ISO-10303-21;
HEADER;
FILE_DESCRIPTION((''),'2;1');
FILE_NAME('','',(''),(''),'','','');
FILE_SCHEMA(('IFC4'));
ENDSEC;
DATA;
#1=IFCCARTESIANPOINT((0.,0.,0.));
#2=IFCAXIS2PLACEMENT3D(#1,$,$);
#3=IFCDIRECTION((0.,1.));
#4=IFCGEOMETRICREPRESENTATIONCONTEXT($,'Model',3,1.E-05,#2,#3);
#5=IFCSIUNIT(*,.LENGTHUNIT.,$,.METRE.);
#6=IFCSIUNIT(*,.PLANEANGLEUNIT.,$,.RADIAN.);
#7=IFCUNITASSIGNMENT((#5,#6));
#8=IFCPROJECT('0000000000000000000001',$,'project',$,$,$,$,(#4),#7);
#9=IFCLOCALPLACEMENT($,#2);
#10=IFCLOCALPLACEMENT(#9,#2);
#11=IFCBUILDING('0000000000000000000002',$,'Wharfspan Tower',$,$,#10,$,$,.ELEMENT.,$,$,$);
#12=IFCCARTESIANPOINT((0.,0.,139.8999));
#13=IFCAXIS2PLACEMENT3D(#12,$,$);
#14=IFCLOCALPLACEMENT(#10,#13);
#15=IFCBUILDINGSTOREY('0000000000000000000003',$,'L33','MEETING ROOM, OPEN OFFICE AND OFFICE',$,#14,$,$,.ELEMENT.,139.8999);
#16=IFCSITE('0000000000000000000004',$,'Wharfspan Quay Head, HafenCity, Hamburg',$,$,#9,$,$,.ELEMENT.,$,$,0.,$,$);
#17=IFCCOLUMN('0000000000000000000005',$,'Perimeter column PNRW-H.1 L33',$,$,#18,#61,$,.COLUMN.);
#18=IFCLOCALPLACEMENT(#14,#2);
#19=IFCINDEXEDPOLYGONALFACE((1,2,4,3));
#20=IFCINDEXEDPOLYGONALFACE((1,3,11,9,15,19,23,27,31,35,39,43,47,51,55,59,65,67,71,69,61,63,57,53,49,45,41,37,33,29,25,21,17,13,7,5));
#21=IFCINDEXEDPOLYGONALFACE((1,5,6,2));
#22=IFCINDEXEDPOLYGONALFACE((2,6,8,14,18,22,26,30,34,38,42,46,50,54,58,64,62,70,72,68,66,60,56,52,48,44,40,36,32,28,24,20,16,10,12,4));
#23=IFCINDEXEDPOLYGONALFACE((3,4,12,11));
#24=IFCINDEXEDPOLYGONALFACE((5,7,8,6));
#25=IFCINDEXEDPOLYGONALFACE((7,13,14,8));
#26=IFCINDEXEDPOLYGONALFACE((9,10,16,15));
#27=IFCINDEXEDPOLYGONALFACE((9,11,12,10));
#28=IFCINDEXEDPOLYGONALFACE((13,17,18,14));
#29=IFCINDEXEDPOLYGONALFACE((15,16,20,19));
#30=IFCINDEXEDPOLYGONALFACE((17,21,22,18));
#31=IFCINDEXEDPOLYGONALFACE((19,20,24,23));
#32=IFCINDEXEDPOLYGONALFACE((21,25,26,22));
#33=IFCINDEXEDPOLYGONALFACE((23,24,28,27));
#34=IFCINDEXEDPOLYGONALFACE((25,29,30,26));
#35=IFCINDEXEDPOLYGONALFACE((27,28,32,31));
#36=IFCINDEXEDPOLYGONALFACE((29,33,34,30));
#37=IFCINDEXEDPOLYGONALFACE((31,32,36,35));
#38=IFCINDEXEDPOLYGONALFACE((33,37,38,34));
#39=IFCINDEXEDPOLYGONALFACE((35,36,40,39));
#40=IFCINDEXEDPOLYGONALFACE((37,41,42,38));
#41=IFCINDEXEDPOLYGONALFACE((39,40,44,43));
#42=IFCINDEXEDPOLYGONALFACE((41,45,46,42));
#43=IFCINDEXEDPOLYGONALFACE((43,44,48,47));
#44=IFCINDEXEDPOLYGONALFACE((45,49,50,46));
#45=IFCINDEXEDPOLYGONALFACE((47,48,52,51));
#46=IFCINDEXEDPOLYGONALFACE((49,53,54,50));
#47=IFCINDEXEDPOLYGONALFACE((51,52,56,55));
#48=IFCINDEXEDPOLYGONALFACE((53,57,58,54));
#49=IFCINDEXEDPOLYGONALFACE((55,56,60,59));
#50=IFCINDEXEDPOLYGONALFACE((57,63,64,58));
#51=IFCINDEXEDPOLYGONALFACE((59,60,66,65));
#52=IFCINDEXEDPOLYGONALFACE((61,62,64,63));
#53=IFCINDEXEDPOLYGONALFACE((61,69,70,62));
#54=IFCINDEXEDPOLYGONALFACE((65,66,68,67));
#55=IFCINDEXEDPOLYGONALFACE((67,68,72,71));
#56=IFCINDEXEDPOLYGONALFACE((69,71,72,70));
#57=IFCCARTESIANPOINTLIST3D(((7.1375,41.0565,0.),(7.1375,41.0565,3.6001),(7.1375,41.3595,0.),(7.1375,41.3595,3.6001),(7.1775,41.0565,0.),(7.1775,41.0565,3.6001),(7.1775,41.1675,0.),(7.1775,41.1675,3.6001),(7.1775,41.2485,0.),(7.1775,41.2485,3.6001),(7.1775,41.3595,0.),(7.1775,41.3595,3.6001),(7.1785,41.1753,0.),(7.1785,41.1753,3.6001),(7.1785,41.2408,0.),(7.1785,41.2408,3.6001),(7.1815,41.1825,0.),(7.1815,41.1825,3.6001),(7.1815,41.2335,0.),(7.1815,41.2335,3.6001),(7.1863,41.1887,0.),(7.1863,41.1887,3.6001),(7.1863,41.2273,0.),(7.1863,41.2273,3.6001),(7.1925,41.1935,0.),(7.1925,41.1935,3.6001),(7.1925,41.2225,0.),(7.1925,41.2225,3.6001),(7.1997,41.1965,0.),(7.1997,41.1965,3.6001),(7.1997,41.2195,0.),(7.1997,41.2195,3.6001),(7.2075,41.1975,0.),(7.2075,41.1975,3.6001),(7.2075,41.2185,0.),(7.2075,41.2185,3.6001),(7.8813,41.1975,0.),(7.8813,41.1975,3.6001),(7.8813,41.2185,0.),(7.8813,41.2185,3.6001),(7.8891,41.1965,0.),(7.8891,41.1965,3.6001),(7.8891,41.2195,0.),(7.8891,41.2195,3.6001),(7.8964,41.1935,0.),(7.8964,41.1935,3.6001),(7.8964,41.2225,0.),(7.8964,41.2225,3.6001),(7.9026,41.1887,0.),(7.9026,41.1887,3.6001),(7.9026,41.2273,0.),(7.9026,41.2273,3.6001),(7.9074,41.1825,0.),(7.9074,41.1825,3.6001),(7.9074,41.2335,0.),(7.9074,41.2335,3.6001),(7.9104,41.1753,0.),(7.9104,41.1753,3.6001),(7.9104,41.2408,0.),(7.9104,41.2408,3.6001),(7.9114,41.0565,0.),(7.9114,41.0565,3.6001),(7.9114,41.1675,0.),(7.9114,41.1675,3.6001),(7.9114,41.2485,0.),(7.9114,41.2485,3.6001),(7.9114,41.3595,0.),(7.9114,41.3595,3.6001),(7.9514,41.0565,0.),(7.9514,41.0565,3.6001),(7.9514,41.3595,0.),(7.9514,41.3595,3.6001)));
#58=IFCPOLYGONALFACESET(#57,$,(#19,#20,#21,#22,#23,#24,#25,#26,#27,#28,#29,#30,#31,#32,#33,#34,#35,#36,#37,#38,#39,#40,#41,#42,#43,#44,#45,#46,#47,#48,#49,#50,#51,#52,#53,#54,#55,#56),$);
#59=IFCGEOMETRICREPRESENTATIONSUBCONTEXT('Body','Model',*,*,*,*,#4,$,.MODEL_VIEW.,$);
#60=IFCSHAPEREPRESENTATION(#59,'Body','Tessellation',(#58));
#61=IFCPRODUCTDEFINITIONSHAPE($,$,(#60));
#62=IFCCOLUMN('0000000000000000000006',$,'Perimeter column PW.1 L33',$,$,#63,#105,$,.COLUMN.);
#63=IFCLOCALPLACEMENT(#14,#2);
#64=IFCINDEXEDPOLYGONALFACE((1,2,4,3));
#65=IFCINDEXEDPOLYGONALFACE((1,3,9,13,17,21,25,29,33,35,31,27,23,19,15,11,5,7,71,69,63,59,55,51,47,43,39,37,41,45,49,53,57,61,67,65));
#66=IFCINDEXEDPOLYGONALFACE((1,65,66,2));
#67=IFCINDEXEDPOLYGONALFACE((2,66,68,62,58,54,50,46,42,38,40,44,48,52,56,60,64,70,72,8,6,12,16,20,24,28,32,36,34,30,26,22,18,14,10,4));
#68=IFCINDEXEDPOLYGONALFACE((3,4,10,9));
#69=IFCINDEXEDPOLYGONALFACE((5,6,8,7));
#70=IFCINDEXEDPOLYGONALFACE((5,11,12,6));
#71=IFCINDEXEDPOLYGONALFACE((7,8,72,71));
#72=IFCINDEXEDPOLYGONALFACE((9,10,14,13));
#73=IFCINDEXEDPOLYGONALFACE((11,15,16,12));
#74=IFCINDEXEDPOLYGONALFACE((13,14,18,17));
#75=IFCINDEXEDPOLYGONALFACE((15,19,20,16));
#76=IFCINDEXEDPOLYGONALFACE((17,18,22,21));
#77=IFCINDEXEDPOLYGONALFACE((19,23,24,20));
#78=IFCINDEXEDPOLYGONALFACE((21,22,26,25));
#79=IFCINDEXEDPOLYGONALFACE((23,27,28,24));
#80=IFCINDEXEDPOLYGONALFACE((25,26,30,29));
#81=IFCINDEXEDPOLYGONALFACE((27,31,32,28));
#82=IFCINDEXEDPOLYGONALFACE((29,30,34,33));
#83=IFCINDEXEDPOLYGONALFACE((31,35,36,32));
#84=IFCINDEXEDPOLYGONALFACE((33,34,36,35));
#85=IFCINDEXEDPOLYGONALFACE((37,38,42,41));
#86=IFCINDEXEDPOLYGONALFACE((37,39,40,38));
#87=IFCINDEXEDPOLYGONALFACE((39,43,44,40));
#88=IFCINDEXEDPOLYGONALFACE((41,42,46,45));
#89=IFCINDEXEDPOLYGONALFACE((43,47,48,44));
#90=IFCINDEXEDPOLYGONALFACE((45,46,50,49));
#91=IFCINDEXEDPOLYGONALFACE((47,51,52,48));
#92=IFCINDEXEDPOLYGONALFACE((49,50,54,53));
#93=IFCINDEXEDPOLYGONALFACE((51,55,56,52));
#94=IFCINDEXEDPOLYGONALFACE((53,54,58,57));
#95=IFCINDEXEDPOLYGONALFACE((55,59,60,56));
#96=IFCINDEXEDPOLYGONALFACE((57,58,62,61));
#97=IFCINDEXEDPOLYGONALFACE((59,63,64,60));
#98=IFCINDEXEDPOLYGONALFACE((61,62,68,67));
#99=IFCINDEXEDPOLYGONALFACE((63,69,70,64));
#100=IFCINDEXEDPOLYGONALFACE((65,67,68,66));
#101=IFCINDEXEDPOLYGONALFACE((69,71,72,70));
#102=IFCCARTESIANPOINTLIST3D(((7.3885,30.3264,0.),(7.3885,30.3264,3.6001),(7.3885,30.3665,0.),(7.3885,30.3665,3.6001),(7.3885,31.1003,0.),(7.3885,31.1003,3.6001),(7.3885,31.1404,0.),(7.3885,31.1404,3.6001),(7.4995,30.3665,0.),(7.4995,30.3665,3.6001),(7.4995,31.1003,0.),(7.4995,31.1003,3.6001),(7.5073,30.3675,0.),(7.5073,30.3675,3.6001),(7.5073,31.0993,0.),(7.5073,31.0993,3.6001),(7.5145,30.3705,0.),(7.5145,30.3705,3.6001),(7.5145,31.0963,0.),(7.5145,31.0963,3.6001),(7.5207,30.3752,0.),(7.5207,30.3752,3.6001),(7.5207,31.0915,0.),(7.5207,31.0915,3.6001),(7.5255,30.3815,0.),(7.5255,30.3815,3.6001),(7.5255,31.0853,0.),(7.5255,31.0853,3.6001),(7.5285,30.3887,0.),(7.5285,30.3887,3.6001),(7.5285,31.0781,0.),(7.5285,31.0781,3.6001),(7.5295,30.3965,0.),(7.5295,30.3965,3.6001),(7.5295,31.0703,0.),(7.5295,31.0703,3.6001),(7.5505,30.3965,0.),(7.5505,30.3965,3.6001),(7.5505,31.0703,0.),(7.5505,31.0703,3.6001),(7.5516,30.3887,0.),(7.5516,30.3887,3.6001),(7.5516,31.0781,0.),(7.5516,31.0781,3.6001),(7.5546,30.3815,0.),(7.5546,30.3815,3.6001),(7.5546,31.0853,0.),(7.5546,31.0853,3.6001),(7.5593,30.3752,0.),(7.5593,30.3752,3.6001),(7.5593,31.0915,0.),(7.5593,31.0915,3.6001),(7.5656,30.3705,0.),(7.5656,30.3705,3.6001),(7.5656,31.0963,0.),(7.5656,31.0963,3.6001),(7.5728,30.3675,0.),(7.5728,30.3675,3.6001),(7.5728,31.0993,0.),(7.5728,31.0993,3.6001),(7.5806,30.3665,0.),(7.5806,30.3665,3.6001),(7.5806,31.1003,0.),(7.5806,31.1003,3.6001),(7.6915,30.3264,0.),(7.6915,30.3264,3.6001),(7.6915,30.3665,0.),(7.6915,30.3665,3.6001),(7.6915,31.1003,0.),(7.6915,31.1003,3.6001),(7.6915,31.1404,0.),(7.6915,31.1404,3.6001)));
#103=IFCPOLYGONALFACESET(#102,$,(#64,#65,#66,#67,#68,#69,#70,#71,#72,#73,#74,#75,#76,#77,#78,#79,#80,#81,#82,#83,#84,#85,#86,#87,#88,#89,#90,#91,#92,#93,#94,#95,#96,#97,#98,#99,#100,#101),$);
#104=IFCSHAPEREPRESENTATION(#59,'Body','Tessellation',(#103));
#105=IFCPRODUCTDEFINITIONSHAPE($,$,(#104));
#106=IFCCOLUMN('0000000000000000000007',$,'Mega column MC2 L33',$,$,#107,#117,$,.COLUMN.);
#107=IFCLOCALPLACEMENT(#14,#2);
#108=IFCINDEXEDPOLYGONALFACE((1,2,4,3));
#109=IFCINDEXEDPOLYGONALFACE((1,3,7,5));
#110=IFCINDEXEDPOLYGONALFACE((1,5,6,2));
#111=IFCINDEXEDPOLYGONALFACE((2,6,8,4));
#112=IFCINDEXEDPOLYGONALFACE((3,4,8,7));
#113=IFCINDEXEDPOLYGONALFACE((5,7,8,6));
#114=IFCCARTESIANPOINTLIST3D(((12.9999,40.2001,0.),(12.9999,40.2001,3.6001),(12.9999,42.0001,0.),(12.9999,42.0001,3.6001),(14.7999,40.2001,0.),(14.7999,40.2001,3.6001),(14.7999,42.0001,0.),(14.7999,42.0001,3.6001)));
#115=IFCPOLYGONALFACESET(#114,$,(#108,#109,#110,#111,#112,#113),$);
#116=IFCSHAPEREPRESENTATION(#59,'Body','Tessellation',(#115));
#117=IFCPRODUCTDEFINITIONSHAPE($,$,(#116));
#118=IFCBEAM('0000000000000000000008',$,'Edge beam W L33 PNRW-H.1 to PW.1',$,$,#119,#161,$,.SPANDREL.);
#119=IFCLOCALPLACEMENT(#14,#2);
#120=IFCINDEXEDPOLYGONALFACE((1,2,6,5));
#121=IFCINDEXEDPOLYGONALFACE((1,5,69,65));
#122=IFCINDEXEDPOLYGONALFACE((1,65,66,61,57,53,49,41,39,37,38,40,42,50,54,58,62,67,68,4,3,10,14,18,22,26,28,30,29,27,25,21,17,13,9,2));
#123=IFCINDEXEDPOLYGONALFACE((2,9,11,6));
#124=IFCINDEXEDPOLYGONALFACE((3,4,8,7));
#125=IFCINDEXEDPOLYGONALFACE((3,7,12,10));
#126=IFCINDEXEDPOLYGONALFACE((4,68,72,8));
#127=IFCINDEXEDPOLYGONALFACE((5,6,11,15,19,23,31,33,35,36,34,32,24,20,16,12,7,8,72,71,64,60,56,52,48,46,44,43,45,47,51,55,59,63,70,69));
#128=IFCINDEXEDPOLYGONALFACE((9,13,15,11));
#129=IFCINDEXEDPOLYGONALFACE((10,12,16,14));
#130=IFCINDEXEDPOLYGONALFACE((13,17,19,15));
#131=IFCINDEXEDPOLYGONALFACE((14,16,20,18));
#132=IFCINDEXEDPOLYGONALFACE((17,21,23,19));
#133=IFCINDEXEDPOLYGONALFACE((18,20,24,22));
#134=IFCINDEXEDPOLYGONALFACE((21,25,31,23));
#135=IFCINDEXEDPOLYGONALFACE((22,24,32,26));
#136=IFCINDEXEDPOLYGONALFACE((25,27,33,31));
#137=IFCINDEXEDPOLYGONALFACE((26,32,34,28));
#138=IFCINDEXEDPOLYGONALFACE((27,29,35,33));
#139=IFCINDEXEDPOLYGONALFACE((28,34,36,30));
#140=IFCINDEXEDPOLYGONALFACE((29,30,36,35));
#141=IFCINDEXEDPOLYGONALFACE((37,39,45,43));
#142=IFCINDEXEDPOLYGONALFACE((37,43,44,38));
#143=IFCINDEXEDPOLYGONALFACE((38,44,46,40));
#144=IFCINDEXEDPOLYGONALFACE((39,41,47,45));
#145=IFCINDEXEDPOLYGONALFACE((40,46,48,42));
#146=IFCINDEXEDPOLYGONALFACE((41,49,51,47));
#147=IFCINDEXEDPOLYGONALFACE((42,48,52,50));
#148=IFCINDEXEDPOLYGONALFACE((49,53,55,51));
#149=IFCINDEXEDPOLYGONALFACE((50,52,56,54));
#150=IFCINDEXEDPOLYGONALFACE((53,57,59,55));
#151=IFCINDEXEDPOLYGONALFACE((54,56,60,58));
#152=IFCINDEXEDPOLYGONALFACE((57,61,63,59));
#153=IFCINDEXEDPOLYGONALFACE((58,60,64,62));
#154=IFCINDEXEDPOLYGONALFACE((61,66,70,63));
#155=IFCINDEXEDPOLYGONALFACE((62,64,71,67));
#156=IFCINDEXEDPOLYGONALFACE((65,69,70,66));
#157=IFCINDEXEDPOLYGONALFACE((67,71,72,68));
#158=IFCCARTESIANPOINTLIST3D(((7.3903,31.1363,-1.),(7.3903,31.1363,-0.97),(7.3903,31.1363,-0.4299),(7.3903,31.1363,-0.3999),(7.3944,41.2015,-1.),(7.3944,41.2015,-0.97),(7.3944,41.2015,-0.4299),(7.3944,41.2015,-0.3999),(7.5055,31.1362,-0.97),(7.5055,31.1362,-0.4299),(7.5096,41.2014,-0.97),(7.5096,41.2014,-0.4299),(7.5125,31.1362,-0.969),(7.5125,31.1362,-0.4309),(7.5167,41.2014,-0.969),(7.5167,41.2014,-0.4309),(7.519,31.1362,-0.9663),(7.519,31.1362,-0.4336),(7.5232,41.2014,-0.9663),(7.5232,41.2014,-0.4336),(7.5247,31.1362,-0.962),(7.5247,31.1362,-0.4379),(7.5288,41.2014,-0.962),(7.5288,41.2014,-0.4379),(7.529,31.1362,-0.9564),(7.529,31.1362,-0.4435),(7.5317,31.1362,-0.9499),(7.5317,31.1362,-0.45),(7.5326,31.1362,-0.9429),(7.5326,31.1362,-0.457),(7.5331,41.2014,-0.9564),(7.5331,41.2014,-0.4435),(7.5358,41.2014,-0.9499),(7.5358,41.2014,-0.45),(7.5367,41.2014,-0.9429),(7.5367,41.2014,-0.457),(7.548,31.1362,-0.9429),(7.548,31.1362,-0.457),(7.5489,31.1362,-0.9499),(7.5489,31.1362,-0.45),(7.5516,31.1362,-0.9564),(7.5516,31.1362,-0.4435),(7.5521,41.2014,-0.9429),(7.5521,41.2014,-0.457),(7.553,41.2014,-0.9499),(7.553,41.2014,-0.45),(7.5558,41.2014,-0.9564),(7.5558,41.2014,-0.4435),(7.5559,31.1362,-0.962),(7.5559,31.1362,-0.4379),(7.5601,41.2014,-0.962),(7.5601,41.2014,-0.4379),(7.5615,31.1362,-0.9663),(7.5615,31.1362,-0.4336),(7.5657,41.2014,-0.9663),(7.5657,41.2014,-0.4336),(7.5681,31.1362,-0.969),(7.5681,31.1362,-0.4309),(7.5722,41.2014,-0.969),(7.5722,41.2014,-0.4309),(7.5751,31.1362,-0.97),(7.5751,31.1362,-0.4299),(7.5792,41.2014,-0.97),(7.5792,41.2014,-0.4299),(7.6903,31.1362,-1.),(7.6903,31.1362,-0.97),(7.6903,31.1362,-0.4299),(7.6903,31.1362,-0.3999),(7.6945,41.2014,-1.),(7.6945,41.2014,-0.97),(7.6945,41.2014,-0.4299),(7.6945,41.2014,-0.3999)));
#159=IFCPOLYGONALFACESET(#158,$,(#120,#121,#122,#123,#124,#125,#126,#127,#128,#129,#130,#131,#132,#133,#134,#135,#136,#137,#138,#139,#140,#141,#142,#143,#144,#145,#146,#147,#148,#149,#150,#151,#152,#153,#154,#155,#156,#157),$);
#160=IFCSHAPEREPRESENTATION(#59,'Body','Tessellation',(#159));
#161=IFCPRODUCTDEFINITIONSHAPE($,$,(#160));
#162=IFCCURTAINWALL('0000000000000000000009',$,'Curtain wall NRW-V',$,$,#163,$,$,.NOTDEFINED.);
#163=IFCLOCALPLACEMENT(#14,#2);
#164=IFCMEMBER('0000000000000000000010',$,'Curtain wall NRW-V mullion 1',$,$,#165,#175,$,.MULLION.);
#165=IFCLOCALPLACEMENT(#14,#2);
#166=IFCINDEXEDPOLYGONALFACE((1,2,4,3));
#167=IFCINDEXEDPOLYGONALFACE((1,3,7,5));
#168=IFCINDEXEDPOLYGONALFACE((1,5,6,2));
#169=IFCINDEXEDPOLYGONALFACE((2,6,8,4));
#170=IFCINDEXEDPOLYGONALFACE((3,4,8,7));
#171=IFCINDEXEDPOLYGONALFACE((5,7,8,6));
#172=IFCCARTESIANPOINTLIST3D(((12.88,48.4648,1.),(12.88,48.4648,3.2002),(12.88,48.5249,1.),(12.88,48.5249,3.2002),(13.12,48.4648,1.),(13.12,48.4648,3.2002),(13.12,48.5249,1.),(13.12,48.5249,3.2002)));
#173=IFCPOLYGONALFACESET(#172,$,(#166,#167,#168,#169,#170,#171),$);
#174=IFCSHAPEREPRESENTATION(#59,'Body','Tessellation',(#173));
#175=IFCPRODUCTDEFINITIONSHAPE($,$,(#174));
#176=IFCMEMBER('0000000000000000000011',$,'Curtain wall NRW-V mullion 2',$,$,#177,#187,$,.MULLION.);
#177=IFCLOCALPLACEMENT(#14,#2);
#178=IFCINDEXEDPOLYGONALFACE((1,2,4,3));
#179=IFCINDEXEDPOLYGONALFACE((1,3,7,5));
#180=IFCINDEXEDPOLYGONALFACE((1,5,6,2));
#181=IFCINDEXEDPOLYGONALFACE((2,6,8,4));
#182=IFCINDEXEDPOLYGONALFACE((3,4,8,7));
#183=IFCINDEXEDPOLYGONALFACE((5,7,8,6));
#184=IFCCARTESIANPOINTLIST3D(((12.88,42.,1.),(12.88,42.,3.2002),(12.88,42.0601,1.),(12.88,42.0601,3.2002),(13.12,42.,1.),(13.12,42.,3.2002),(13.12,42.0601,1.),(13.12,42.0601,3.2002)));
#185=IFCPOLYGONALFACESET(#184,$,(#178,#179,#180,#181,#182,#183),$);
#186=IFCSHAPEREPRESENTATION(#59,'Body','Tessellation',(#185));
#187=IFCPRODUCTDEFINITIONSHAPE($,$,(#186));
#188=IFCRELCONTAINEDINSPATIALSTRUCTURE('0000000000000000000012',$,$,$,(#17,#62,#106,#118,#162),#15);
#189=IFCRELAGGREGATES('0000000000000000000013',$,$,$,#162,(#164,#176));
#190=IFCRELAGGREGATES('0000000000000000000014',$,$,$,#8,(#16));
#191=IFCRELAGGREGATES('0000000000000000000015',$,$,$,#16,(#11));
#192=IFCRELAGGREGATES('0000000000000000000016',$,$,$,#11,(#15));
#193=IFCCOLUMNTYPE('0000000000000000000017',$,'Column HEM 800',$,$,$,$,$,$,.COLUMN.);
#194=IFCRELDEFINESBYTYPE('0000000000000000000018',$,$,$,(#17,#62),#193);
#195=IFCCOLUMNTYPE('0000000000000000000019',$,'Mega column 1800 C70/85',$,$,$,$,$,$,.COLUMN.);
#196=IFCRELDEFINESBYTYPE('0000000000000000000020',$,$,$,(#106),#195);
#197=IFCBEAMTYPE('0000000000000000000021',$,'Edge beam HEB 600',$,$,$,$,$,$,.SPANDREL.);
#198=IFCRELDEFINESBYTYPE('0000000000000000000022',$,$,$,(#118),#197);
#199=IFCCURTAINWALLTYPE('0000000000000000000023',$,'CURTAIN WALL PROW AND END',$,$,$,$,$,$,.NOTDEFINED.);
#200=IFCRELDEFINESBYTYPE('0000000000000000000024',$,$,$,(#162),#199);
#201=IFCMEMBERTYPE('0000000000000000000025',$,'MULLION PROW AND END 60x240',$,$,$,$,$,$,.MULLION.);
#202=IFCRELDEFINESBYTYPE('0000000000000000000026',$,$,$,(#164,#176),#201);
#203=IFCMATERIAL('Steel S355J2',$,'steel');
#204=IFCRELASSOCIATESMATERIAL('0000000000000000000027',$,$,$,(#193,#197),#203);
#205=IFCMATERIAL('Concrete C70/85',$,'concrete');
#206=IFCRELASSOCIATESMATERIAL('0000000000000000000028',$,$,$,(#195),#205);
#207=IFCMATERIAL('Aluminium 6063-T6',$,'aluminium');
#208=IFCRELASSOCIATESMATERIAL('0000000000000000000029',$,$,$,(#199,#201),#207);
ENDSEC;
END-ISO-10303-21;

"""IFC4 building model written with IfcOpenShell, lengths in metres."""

from ifc_helpers import new_model, si_unit, direction, frame, origin, origin_2d, place, context, subcontext, project, spatial, rectangle, i_section, extrude, material, material_profile, profile_set, type_object, element, aggregate, save


model = new_model("IFC4")

# Units and contexts
model_context = context("Model", 3, precision=1e-05, world=origin(), true_north=direction((0.0, 1.0)))
body_context = subcontext(model_context, "Body", "Model", "MODEL_VIEW")
ifc_project = project(units=[si_unit("LENGTHUNIT", "METRE"), si_unit("PLANEANGLEUNIT", "RADIAN")], contexts=[model_context])

# Site, building, storey
site_placement = place(None, origin())
site = spatial("IfcSite", under=ifc_project, at=site_placement, Name="Wharfspan Quay Head, HafenCity, Hamburg", CompositionType="ELEMENT", RefElevation=0.0)
building_placement = place(site_placement, origin())
building = spatial("IfcBuilding", under=site, at=building_placement, Name="Wharfspan Tower", CompositionType="ELEMENT")
storey_placement = place(building_placement, frame((0.0, 0.0, 139.8999)))
storey = spatial("IfcBuildingStorey", under=building, at=storey_placement, Name="L33", Description="MEETING ROOM, OPEN OFFICE AND OFFICE", CompositionType="ELEMENT", Elevation=139.8999)

# Columns
ifc_material_1 = material(Name="Steel S355J2", Category="steel")
ifc_material_profile_1 = material_profile(ifc_material_1, i_section(OverallWidth=0.303, OverallDepth=0.814, WebThickness=0.021, FlangeThickness=0.04, FilletRadius=0.03, at=origin_2d()))
ifc_profile_set_1 = profile_set([ifc_material_profile_1], Name="Steel S355J2")
column_type_1 = type_object("IfcColumnType", Name="Column HEM 800", PredefinedType="COLUMN", material=ifc_profile_set_1)
for number, where, z_axis, x_axis, name in (
    (1, (7.5444, 41.208, 0.0), (0.0, 0.0, 1.0), (0.0, 1.0, 0.0), "Perimeter column PNRW-H.1 L33"),
    (2, (7.54, 30.7334, 0.0), (0.0, 0.0, 1.0), (-1.0, 0.0, 0.0), "Perimeter column PW.1 L33"),
):
    element("IfcColumn", number, at=place(storey_placement, frame(where, z_axis=z_axis, x_axis=x_axis)), inside=storey, type_object=column_type_1, Name=name, PredefinedType="COLUMN", context=body_context, shape_type="SweptSolid", body=[
        extrude(i_section(OverallWidth=0.303, OverallDepth=0.814, WebThickness=0.021, FlangeThickness=0.04, FilletRadius=0.03, at=origin_2d()), origin(), (0.0, 0.0, 1.0), 3.6001),
    ])
ifc_material_2 = material(Name="Concrete C70/85", Category="concrete")
ifc_material_profile_2 = material_profile(ifc_material_2, rectangle(XDim=1.8, YDim=1.8, at=origin_2d()))
ifc_profile_set_2 = profile_set([ifc_material_profile_2], Name="Concrete C70/85")
column_type_2 = type_object("IfcColumnType", Name="Mega column 1800 C70/85", PredefinedType="COLUMN", material=ifc_profile_set_2)
column_placement = place(storey_placement, frame((13.8999, 41.1001, 0.0), z_axis=(0.0, 0.0, 1.0), x_axis=(1.0, 0.0, 0.0)))
element("IfcColumn", 3, at=column_placement, inside=storey, type_object=column_type_2, Name="Mega column MC2 L33", PredefinedType="COLUMN", context=body_context, shape_type="SweptSolid", body=[
    extrude(rectangle(XDim=1.8, YDim=1.8, at=origin_2d()), origin(), (0.0, 0.0, 1.0), 3.6001),
])

# Beam
ifc_material_profile_3 = material_profile(ifc_material_1, i_section(OverallWidth=0.3, OverallDepth=0.6001, WebThickness=0.0154, FlangeThickness=0.03, FilletRadius=0.0271, at=origin_2d()))
ifc_profile_set_3 = profile_set([ifc_material_profile_3], Name="Steel S355J2")
beam_type = type_object("IfcBeamType", Name="Edge beam HEB 600", PredefinedType="SPANDREL", material=ifc_profile_set_3)
beam_placement = place(storey_placement, frame((7.5444, 41.2014, -0.7), z_axis=(-0.000412, -1.0, 0.0), x_axis=(1.0, -0.000412, 0.0)))
element("IfcBeam", 4, at=beam_placement, inside=storey, type_object=beam_type, Name="Edge beam W L33 PNRW-H.1 to PW.1", PredefinedType="SPANDREL", context=body_context, shape_type="SweptSolid", body=[
    extrude(i_section(OverallWidth=0.3, OverallDepth=0.6001, WebThickness=0.0154, FlangeThickness=0.03, FilletRadius=0.0271, at=origin_2d()), origin(), (0.0, 0.0, 1.0), 10.0652),
])

# Curtain wall, members
ifc_material_3 = material(Name="Aluminium 6063-T6", Category="aluminium")
curtain_wall_type = type_object("IfcCurtainWallType", Name="CURTAIN WALL PROW AND END", PredefinedType="NOTDEFINED", material=ifc_material_3)
curtain_wall_1_placement = place(storey_placement, origin())
curtain_wall_1 = element("IfcCurtainWall", 5, at=curtain_wall_1_placement, inside=storey, type_object=curtain_wall_type, Name="Curtain wall NRW-V", PredefinedType="NOTDEFINED")
ifc_material_profile_4 = material_profile(ifc_material_3, rectangle(XDim=0.24, YDim=0.0601, at=origin_2d()))
ifc_profile_set_4 = profile_set([ifc_material_profile_4], Name="Aluminium 6063-T6")
member_type_1 = type_object("IfcMemberType", Name="MULLION PROW AND END 60x240", PredefinedType="MULLION", material=ifc_profile_set_4)
member_1_placement = place(storey_placement, frame((13.0, 48.4949, 1.0), z_axis=(0.0, 0.0, 1.0), x_axis=(1.0, 0.0, 0.0)))
member_1 = element("IfcMember", 6, at=member_1_placement, type_object=member_type_1, Name="Curtain wall NRW-V mullion 1", PredefinedType="MULLION", context=body_context, shape_type="SweptSolid", body=[
    extrude(rectangle(XDim=0.24, YDim=0.0601, at=origin_2d()), origin(), (0.0, 0.0, 1.0), 2.2002),
])
member_2_placement = place(storey_placement, frame((13.0, 42.03, 1.0), z_axis=(0.0, 0.0, 1.0), x_axis=(1.0, 0.0, 0.0)))
member_2 = element("IfcMember", 7, at=member_2_placement, type_object=member_type_1, Name="Curtain wall NRW-V mullion 2", PredefinedType="MULLION", context=body_context, shape_type="SweptSolid", body=[
    extrude(rectangle(XDim=0.24, YDim=0.0601, at=origin_2d()), origin(), (0.0, 0.0, 1.0), 2.2002),
])

aggregate(curtain_wall_1, [member_1, member_2])

save(model, "model.ifc")
